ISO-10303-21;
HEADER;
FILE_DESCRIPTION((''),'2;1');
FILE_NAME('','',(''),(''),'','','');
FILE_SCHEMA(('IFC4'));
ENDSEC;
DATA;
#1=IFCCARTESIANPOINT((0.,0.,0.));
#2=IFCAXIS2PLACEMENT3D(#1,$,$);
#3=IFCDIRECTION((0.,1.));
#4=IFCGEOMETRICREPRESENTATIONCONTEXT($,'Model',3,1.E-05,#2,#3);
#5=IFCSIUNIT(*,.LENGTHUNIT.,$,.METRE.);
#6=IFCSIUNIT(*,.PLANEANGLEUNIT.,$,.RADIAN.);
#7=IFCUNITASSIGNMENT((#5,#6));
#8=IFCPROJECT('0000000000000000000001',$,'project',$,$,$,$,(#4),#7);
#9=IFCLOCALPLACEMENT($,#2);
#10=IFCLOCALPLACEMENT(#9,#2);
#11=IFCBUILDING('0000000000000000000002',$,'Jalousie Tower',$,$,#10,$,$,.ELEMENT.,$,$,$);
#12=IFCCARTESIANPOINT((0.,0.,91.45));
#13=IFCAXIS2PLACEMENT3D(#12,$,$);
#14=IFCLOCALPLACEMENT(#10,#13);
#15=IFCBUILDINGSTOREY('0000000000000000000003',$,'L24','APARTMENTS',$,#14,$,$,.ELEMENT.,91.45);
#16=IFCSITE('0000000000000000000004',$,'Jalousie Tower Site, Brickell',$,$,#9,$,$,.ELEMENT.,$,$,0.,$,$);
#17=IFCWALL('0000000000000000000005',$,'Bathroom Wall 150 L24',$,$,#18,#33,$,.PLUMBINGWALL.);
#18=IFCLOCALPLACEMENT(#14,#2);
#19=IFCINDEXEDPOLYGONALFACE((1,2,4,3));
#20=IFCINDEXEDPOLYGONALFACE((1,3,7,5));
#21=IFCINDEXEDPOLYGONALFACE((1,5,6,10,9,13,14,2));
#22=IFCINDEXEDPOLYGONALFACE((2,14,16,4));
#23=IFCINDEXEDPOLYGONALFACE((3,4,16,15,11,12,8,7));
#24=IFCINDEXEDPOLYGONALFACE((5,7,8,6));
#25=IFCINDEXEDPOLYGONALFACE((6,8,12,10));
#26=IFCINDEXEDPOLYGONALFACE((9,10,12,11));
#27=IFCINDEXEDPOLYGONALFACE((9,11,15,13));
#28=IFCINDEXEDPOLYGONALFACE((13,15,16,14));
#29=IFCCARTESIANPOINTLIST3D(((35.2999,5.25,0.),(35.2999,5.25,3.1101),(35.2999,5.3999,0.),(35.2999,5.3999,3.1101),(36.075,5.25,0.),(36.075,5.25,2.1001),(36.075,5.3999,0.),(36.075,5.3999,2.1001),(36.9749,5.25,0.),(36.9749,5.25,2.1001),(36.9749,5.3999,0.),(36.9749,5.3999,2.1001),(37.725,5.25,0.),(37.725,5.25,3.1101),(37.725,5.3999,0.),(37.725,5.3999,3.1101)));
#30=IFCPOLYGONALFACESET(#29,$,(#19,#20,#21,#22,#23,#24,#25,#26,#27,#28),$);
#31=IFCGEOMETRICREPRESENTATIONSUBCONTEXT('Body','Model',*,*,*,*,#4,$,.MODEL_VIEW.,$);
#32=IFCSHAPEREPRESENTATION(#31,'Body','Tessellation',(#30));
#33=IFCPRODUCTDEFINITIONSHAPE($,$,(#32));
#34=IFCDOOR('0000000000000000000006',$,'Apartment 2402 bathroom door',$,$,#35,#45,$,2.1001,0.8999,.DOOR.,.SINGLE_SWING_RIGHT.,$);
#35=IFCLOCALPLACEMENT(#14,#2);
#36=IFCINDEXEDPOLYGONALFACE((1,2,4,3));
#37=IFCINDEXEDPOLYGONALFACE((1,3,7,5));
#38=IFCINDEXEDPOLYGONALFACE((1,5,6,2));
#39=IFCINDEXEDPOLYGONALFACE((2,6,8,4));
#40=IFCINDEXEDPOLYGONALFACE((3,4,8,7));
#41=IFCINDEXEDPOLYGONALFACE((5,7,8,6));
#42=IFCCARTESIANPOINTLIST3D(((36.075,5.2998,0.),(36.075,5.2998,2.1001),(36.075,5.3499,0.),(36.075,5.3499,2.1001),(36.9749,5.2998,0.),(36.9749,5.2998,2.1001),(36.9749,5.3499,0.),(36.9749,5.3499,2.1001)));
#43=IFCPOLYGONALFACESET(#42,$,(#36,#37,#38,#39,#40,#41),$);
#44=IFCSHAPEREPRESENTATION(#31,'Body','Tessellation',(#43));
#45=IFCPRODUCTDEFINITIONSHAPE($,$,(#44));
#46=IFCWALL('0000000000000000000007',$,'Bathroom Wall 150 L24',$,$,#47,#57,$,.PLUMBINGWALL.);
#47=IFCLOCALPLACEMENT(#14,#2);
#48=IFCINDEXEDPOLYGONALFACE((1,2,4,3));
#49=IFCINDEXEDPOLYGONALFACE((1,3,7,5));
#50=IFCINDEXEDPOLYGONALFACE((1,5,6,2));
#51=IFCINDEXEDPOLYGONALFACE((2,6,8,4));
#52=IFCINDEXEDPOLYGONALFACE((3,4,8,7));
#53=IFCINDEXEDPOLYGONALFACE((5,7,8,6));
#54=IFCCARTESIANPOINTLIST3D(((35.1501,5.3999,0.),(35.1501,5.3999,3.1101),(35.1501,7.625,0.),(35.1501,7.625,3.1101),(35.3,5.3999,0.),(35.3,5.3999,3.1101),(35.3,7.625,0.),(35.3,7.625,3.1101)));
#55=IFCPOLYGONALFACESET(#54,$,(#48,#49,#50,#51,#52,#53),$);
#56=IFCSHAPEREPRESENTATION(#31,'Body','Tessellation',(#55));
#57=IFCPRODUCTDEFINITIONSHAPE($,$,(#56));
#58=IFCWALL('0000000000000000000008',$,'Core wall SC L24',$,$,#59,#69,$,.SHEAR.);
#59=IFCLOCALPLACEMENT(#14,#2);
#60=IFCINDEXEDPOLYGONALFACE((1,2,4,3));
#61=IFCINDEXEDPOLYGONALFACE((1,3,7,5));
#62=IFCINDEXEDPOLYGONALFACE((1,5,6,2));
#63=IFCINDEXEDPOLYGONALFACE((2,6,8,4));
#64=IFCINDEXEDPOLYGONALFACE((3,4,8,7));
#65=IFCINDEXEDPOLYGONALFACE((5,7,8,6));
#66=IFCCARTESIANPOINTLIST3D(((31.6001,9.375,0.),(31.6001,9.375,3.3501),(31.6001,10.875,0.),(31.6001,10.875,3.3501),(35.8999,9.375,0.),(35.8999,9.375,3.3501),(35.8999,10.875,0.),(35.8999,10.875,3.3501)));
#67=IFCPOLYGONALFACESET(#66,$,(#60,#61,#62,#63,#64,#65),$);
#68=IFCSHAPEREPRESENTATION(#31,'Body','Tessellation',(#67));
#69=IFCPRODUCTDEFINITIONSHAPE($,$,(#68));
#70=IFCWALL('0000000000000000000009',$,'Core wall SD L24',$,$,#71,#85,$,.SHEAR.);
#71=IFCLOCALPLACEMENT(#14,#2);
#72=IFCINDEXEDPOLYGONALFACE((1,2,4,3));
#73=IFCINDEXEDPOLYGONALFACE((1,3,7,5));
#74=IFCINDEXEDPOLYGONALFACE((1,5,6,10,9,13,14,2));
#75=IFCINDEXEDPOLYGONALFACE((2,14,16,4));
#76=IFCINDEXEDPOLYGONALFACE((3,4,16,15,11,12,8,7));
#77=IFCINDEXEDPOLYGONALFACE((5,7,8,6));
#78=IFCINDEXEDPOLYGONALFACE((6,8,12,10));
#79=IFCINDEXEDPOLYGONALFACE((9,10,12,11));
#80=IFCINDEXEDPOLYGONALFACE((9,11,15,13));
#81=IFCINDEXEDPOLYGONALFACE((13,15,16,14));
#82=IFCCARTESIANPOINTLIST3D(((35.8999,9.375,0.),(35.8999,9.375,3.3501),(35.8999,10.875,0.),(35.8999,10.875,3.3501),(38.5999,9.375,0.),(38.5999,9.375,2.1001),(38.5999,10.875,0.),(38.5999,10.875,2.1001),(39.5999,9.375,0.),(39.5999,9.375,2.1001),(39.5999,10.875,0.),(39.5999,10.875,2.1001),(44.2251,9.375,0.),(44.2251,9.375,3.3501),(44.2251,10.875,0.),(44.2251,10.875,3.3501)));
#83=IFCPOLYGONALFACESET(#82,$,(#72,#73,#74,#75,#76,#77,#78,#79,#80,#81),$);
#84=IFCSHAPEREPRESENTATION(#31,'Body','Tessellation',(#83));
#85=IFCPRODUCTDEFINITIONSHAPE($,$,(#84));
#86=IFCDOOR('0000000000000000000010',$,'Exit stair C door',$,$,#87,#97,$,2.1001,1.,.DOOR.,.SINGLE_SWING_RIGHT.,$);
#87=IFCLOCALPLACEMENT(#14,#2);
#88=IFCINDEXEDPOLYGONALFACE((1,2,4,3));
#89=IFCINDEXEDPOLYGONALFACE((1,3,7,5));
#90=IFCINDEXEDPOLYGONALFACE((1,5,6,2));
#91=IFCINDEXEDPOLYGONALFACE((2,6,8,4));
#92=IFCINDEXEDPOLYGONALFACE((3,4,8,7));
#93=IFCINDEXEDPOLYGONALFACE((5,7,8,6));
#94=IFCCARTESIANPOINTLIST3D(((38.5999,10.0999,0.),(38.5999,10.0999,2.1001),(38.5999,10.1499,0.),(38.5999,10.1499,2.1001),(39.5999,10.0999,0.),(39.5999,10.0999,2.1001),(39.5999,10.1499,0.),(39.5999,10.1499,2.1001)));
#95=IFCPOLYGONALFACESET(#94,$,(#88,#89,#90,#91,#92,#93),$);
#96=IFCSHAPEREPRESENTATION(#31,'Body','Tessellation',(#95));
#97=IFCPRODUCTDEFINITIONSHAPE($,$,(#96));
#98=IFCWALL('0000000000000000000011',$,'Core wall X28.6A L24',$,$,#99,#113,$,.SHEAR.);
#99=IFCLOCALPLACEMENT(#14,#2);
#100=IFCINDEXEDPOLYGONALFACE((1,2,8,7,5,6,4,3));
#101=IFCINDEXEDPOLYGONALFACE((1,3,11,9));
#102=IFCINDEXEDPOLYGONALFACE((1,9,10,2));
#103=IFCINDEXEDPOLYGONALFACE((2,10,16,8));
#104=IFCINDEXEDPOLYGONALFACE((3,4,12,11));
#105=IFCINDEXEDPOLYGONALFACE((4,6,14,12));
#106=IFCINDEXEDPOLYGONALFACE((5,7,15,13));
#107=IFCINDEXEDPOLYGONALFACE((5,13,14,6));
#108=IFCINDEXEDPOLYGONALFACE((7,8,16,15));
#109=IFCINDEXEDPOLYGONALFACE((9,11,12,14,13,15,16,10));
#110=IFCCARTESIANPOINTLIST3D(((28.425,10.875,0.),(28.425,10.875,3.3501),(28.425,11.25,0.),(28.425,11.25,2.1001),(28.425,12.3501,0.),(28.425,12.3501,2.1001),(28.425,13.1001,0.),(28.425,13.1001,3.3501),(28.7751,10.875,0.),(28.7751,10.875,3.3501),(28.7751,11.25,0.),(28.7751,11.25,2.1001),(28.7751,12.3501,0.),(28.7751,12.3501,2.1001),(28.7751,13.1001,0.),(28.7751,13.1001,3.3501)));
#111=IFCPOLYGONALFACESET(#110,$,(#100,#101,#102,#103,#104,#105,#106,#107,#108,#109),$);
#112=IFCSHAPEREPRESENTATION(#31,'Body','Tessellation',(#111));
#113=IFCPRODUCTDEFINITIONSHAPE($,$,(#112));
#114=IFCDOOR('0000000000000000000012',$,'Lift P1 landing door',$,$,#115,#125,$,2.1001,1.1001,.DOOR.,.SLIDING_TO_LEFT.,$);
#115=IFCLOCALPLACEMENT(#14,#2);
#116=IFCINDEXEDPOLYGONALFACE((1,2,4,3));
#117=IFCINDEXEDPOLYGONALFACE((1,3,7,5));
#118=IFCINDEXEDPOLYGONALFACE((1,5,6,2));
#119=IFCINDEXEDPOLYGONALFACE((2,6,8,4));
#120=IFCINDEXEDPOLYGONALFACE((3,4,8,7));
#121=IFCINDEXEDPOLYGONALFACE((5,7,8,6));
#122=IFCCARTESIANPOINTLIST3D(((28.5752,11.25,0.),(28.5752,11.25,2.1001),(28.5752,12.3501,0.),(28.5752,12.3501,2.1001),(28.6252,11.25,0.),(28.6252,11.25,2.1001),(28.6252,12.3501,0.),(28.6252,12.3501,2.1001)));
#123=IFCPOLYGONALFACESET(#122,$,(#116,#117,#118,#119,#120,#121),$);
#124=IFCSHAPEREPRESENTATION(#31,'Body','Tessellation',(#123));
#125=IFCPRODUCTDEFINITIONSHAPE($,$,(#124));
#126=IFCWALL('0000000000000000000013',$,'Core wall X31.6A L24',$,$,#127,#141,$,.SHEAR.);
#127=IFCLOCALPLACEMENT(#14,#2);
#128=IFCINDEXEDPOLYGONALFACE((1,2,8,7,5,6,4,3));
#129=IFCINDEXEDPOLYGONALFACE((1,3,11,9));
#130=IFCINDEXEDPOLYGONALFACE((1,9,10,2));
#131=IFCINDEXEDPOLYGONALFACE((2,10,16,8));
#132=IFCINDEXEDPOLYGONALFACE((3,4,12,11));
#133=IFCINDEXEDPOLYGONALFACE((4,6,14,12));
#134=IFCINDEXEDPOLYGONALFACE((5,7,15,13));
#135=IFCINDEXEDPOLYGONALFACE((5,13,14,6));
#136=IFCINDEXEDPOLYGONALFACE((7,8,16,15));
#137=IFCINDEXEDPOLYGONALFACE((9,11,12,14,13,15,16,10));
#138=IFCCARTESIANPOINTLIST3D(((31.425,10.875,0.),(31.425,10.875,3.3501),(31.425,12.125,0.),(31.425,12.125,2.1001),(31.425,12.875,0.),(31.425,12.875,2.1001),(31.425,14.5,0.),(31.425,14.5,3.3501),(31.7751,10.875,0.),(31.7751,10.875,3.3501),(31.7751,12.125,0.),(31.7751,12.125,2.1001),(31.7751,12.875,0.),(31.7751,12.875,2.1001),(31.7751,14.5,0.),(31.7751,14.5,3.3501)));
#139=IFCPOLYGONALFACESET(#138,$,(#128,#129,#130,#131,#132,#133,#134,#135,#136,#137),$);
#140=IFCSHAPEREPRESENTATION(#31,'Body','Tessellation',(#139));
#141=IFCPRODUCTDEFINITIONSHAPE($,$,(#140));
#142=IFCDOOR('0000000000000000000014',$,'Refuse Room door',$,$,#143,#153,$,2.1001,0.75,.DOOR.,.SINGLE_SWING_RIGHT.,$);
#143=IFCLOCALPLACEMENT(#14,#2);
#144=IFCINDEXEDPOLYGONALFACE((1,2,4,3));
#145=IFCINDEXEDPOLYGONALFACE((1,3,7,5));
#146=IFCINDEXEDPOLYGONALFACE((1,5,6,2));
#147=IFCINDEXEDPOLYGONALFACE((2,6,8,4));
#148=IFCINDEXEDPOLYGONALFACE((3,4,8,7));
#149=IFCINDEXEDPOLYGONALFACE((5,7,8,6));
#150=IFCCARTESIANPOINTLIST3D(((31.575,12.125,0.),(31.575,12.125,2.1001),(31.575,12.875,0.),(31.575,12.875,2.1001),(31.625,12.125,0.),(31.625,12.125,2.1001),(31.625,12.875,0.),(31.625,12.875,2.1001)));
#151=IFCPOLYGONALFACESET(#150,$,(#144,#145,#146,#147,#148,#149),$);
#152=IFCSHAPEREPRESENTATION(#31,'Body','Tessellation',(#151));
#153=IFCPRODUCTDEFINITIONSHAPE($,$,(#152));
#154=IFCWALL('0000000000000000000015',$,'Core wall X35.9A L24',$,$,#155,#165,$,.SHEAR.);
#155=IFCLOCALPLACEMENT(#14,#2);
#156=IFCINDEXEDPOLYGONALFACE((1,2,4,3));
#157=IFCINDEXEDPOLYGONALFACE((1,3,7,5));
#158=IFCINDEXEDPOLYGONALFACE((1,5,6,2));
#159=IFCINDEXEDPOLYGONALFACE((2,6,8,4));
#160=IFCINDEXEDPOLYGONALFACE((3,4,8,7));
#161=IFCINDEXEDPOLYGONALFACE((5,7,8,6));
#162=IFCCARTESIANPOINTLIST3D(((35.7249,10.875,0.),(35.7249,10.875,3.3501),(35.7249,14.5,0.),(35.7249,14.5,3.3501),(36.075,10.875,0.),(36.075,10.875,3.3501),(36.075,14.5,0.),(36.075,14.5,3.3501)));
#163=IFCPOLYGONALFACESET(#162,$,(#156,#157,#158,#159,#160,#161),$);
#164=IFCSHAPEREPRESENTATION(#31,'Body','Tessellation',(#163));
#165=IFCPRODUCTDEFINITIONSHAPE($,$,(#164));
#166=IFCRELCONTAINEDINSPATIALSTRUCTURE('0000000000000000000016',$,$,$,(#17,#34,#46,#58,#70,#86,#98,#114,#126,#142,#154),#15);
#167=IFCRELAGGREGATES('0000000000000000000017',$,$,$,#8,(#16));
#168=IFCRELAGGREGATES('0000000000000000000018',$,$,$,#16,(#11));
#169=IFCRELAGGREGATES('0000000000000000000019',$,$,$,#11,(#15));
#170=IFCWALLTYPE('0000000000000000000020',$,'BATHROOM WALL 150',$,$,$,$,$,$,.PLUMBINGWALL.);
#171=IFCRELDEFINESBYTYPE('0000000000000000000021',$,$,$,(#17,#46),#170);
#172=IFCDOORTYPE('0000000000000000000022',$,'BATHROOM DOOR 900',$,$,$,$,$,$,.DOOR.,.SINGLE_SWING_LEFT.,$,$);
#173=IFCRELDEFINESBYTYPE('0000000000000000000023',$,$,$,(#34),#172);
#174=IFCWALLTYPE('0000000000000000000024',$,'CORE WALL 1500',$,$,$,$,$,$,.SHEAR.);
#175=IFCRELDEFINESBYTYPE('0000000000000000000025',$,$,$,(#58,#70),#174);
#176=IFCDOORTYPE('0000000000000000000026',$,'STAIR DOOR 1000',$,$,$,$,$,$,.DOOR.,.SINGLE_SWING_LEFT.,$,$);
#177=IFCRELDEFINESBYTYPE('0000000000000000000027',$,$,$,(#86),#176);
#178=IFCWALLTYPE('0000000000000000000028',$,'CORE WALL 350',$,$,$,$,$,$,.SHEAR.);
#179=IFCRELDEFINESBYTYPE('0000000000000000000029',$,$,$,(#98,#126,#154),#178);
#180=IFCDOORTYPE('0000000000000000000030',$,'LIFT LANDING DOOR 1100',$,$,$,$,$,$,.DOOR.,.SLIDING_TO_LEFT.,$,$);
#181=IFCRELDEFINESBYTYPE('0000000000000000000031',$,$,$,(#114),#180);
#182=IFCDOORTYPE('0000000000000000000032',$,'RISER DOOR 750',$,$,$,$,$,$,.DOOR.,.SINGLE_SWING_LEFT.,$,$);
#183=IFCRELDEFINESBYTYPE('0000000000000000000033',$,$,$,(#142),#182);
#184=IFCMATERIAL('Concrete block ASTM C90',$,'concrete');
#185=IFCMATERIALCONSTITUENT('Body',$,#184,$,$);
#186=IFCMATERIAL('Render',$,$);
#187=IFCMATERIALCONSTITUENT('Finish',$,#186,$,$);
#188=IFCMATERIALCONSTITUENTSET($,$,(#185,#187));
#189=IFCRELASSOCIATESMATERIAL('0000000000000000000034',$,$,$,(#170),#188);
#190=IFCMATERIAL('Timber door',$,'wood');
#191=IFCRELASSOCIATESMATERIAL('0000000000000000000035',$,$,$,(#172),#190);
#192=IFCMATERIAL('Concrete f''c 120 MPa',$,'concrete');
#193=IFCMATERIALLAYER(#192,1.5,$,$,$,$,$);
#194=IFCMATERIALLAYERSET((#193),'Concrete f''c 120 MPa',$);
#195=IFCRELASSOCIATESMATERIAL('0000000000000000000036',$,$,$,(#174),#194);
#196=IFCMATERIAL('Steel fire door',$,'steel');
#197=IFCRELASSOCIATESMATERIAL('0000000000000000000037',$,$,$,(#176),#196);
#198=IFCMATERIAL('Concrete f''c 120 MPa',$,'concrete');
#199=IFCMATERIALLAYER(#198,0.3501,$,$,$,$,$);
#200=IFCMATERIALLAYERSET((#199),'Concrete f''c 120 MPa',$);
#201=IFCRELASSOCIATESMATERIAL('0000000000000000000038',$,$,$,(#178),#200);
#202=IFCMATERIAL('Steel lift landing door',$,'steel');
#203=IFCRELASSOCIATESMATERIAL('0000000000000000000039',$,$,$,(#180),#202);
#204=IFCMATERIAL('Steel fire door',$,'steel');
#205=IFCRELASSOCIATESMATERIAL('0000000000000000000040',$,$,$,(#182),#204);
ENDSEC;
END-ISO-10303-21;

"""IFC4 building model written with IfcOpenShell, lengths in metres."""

from ifc_helpers import new_model, si_unit, direction, frame, frame_2d, origin, place, context, subcontext, project, spatial, rectangle, extrude, material, layer, layer_set, constituent, constituent_set, type_object, element, fill, save


model = new_model("IFC4")

# Units and contexts
model_context = context("Model", 3, precision=1e-05, world=origin(), true_north=direction((0.0, 1.0)))
body_context = subcontext(model_context, "Body", "Model", "MODEL_VIEW")
ifc_project = project(units=[si_unit("LENGTHUNIT", "METRE"), si_unit("PLANEANGLEUNIT", "RADIAN")], contexts=[model_context])

# Site, building, storey
site_placement = place(None, origin())
site = spatial("IfcSite", under=ifc_project, at=site_placement, Name="Jalousie Tower Site, Brickell", CompositionType="ELEMENT", RefElevation=0.0)
building_placement = place(site_placement, origin())
building = spatial("IfcBuilding", under=site, at=building_placement, Name="Jalousie Tower", CompositionType="ELEMENT")
storey_placement = place(building_placement, frame((0.0, 0.0, 91.45)))
storey = spatial("IfcBuildingStorey", under=building, at=storey_placement, Name="L24", Description="APARTMENTS", CompositionType="ELEMENT", Elevation=91.45)

# Wall, opening, door
ifc_material_1 = material(Name="Concrete block ASTM C90", Category="concrete")
ifc_constituent_1 = constituent(ifc_material_1, Name="Body")
ifc_material_2 = material(Name="Render")
ifc_constituent_2 = constituent(ifc_material_2, Name="Finish")
ifc_constituent_set_1 = constituent_set(constituents=[ifc_constituent_1, ifc_constituent_2])
wall_type_1 = type_object("IfcWallType", Name="BATHROOM WALL 150", PredefinedType="PLUMBINGWALL", material=ifc_constituent_set_1)
wall_1_placement = place(storey_placement, frame((35.3, 5.325, 0.0), z_axis=(0.0, 0.0, 1.0), x_axis=(1.0, 0.0, 0.0)))
wall_1 = element("IfcWall", 1, at=wall_1_placement, inside=storey, type_object=wall_type_1, Name="Bathroom Wall 150 L24", PredefinedType="PLUMBINGWALL", context=body_context, shape_type="SweptSolid", body=[
    extrude(rectangle(XDim=2.425, YDim=0.1499, at=frame_2d((1.2124, 0.0))), origin(), (0.0, 0.0, 1.0), 3.1101),
])
opening_1_placement = place(wall_1_placement, frame((0.7749, 0.0, 0.0)))
opening_1 = element("IfcOpeningElement", 2, at=opening_1_placement, cuts=wall_1, PredefinedType="OPENING", context=body_context, shape_type="SweptSolid", body=[
    extrude(rectangle(XDim=0.8999, YDim=2.1001, at=frame_2d((0.45, 1.05))), frame((0.0, 0.085, 0.0), z_axis=(0.0, -1.0, 0.0), x_axis=(1.0, 0.0, 0.0)), (0.0, 0.0, 1.0), 0.1699),
])
ifc_material_3 = material(Name="Timber door", Category="wood")
door_type_1 = type_object("IfcDoorType", Name="BATHROOM DOOR 900", OperationType="SINGLE_SWING_LEFT", PredefinedType="DOOR", material=ifc_material_3)
door_1_placement = place(opening_1_placement, origin())
door_1 = element("IfcDoor", 3, at=door_1_placement, inside=storey, type_object=door_type_1, Name="Apartment 2402 bathroom door", OperationType="SINGLE_SWING_RIGHT", OverallHeight=2.1001, OverallWidth=0.8999, PredefinedType="DOOR", context=body_context, shape_type="SweptSolid", body=[
    extrude(rectangle(XDim=0.8999, YDim=2.1001, at=frame_2d((0.45, 1.05))), frame((0.0, 0.0249, 0.0), z_axis=(0.0, -1.0, 0.0), x_axis=(1.0, 0.0, 0.0)), (0.0, 0.0, 1.0), 0.05),
])
fill(opening_1, door_1)

# Walls
wall_2_placement = place(storey_placement, frame((35.2251, 5.3999, 0.0), z_axis=(0.0, 0.0, 1.0), x_axis=(0.0, 1.0, 0.0)))
element("IfcWall", 4, at=wall_2_placement, inside=storey, type_object=wall_type_1, Name="Bathroom Wall 150 L24", PredefinedType="PLUMBINGWALL", context=body_context, shape_type="SweptSolid", body=[
    extrude(rectangle(XDim=2.2251, YDim=0.1499, at=frame_2d((1.1125, 0.0))), origin(), (0.0, 0.0, 1.0), 3.1101),
])
ifc_material_4 = material(Name="Concrete f'c 120 MPa", Category="concrete")
ifc_layer_1 = layer(ifc_material_4, 1.5)
ifc_layer_set_1 = layer_set([ifc_layer_1], Name="Concrete f'c 120 MPa")
wall_type_2 = type_object("IfcWallType", Name="CORE WALL 1500", PredefinedType="SHEAR", material=ifc_layer_set_1)
wall_3_placement = place(storey_placement, frame((31.6001, 10.125, 0.0), z_axis=(0.0, 0.0, 1.0), x_axis=(1.0, 0.0, 0.0)))
element("IfcWall", 5, at=wall_3_placement, inside=storey, type_object=wall_type_2, Name="Core wall SC L24", PredefinedType="SHEAR", context=body_context, shape_type="SweptSolid", body=[
    extrude(rectangle(XDim=4.2998, YDim=1.5, at=frame_2d((2.1499, 0.0))), origin(), (0.0, 0.0, 1.0), 3.3501),
])

# Walls, openings, doors
wall_4_placement = place(storey_placement, frame((35.8999, 10.125, 0.0), z_axis=(0.0, 0.0, 1.0), x_axis=(1.0, 0.0, 0.0)))
wall_4 = element("IfcWall", 6, at=wall_4_placement, inside=storey, type_object=wall_type_2, Name="Core wall SD L24", PredefinedType="SHEAR", context=body_context, shape_type="SweptSolid", body=[
    extrude(rectangle(XDim=8.3252, YDim=1.5, at=frame_2d((4.1626, 0.0))), origin(), (0.0, 0.0, 1.0), 3.3501),
])
opening_2_placement = place(wall_4_placement, frame((2.7, 0.0, 0.0)))
opening_2 = element("IfcOpeningElement", 7, at=opening_2_placement, cuts=wall_4, PredefinedType="OPENING", context=body_context, shape_type="SweptSolid", body=[
    extrude(rectangle(XDim=1.0, YDim=2.1001, at=frame_2d((0.5, 1.05))), frame((0.0, 0.76, 0.0), z_axis=(0.0, -1.0, 0.0), x_axis=(1.0, 0.0, 0.0)), (0.0, 0.0, 1.0), 1.52),
])
ifc_material_5 = material(Name="Steel fire door", Category="steel")
door_type_2 = type_object("IfcDoorType", Name="STAIR DOOR 1000", OperationType="SINGLE_SWING_LEFT", PredefinedType="DOOR", material=ifc_material_5)
door_2_placement = place(opening_2_placement, origin())
door_2 = element("IfcDoor", 8, at=door_2_placement, inside=storey, type_object=door_type_2, Name="Exit stair C door", OperationType="SINGLE_SWING_RIGHT", OverallHeight=2.1001, OverallWidth=1.0, PredefinedType="DOOR", context=body_context, shape_type="SweptSolid", body=[
    extrude(rectangle(XDim=1.0, YDim=2.1001, at=frame_2d((0.5, 1.05))), frame((0.0, 0.0249, 0.0), z_axis=(0.0, -1.0, 0.0), x_axis=(1.0, 0.0, 0.0)), (0.0, 0.0, 1.0), 0.05),
])
fill(opening_2, door_2)
ifc_material_6 = material(Name="Concrete f'c 120 MPa", Category="concrete")
ifc_layer_2 = layer(ifc_material_6, 0.3501)
ifc_layer_set_2 = layer_set([ifc_layer_2], Name="Concrete f'c 120 MPa")
wall_type_3 = type_object("IfcWallType", Name="CORE WALL 350", PredefinedType="SHEAR", material=ifc_layer_set_2)
wall_5_placement = place(storey_placement, frame((28.6001, 10.875, 0.0), z_axis=(0.0, 0.0, 1.0), x_axis=(0.0, 1.0, 0.0)))
wall_5 = element("IfcWall", 9, at=wall_5_placement, inside=storey, type_object=wall_type_3, Name="Core wall X28.6A L24", PredefinedType="SHEAR", context=body_context, shape_type="SweptSolid", body=[
    extrude(rectangle(XDim=2.2251, YDim=0.3501, at=frame_2d((1.1125, 0.0))), origin(), (0.0, 0.0, 1.0), 3.3501),
])
opening_3_placement = place(wall_5_placement, frame((0.375, 0.0, 0.0)))
opening_3 = element("IfcOpeningElement", 10, at=opening_3_placement, cuts=wall_5, PredefinedType="OPENING", context=body_context, shape_type="SweptSolid", body=[
    extrude(rectangle(XDim=1.1001, YDim=2.1001, at=frame_2d((0.55, 1.05))), frame((0.0, 0.1851, 0.0), z_axis=(0.0, -1.0, 0.0), x_axis=(1.0, 0.0, 0.0)), (0.0, 0.0, 1.0), 0.3701),
])
ifc_material_7 = material(Name="Steel lift landing door", Category="steel")
door_type_3 = type_object("IfcDoorType", Name="LIFT LANDING DOOR 1100", OperationType="SLIDING_TO_LEFT", PredefinedType="DOOR", material=ifc_material_7)
door_3_placement = place(opening_3_placement, origin())
door_3 = element("IfcDoor", 11, at=door_3_placement, inside=storey, type_object=door_type_3, Name="Lift P1 landing door", OperationType="SLIDING_TO_LEFT", OverallHeight=2.1001, OverallWidth=1.1001, PredefinedType="DOOR", context=body_context, shape_type="SweptSolid", body=[
    extrude(rectangle(XDim=1.1001, YDim=2.1001, at=frame_2d((0.55, 1.05))), frame((0.0, 0.0249, 0.0), z_axis=(0.0, -1.0, 0.0), x_axis=(1.0, 0.0, 0.0)), (0.0, 0.0, 1.0), 0.05),
])
fill(opening_3, door_3)
wall_6_placement = place(storey_placement, frame((31.6001, 10.875, 0.0), z_axis=(0.0, 0.0, 1.0), x_axis=(0.0, 1.0, 0.0)))
wall_6 = element("IfcWall", 12, at=wall_6_placement, inside=storey, type_object=wall_type_3, Name="Core wall X31.6A L24", PredefinedType="SHEAR", context=body_context, shape_type="SweptSolid", body=[
    extrude(rectangle(XDim=3.625, YDim=0.3501, at=frame_2d((1.8125, 0.0))), origin(), (0.0, 0.0, 1.0), 3.3501),
])
opening_4_placement = place(wall_6_placement, frame((1.25, 0.0, 0.0)))
opening_4 = element("IfcOpeningElement", 13, at=opening_4_placement, cuts=wall_6, PredefinedType="OPENING", context=body_context, shape_type="SweptSolid", body=[
    extrude(rectangle(XDim=0.75, YDim=2.1001, at=frame_2d((0.375, 1.05))), frame((0.0, 0.1851, 0.0), z_axis=(0.0, -1.0, 0.0), x_axis=(1.0, 0.0, 0.0)), (0.0, 0.0, 1.0), 0.3701),
])
ifc_material_8 = material(Name="Steel fire door", Category="steel")
door_type_4 = type_object("IfcDoorType", Name="RISER DOOR 750", OperationType="SINGLE_SWING_LEFT", PredefinedType="DOOR", material=ifc_material_8)
door_4_placement = place(opening_4_placement, frame((0.75, 0.0, 0.0), z_axis=(0.0, 0.0, 1.0), x_axis=(-1.0, 0.0, 0.0)))
door_4 = element("IfcDoor", 14, at=door_4_placement, inside=storey, type_object=door_type_4, Name="Refuse Room door", OperationType="SINGLE_SWING_RIGHT", OverallHeight=2.1001, OverallWidth=0.75, PredefinedType="DOOR", context=body_context, shape_type="SweptSolid", body=[
    extrude(rectangle(XDim=0.75, YDim=2.1001, at=frame_2d((0.375, 1.05))), frame((0.0, 0.0249, 0.0), z_axis=(0.0, -1.0, 0.0), x_axis=(1.0, 0.0, 0.0)), (0.0, 0.0, 1.0), 0.05),
])
fill(opening_4, door_4)

# Wall
wall_7_placement = place(storey_placement, frame((35.8999, 10.875, 0.0), z_axis=(0.0, 0.0, 1.0), x_axis=(0.0, 1.0, 0.0)))
element("IfcWall", 15, at=wall_7_placement, inside=storey, type_object=wall_type_3, Name="Core wall X35.9A L24", PredefinedType="SHEAR", context=body_context, shape_type="SweptSolid", body=[
    extrude(rectangle(XDim=3.625, YDim=0.3501, at=frame_2d((1.8125, 0.0))), origin(), (0.0, 0.0, 1.0), 3.3501),
])

save(model, "model.ifc")
